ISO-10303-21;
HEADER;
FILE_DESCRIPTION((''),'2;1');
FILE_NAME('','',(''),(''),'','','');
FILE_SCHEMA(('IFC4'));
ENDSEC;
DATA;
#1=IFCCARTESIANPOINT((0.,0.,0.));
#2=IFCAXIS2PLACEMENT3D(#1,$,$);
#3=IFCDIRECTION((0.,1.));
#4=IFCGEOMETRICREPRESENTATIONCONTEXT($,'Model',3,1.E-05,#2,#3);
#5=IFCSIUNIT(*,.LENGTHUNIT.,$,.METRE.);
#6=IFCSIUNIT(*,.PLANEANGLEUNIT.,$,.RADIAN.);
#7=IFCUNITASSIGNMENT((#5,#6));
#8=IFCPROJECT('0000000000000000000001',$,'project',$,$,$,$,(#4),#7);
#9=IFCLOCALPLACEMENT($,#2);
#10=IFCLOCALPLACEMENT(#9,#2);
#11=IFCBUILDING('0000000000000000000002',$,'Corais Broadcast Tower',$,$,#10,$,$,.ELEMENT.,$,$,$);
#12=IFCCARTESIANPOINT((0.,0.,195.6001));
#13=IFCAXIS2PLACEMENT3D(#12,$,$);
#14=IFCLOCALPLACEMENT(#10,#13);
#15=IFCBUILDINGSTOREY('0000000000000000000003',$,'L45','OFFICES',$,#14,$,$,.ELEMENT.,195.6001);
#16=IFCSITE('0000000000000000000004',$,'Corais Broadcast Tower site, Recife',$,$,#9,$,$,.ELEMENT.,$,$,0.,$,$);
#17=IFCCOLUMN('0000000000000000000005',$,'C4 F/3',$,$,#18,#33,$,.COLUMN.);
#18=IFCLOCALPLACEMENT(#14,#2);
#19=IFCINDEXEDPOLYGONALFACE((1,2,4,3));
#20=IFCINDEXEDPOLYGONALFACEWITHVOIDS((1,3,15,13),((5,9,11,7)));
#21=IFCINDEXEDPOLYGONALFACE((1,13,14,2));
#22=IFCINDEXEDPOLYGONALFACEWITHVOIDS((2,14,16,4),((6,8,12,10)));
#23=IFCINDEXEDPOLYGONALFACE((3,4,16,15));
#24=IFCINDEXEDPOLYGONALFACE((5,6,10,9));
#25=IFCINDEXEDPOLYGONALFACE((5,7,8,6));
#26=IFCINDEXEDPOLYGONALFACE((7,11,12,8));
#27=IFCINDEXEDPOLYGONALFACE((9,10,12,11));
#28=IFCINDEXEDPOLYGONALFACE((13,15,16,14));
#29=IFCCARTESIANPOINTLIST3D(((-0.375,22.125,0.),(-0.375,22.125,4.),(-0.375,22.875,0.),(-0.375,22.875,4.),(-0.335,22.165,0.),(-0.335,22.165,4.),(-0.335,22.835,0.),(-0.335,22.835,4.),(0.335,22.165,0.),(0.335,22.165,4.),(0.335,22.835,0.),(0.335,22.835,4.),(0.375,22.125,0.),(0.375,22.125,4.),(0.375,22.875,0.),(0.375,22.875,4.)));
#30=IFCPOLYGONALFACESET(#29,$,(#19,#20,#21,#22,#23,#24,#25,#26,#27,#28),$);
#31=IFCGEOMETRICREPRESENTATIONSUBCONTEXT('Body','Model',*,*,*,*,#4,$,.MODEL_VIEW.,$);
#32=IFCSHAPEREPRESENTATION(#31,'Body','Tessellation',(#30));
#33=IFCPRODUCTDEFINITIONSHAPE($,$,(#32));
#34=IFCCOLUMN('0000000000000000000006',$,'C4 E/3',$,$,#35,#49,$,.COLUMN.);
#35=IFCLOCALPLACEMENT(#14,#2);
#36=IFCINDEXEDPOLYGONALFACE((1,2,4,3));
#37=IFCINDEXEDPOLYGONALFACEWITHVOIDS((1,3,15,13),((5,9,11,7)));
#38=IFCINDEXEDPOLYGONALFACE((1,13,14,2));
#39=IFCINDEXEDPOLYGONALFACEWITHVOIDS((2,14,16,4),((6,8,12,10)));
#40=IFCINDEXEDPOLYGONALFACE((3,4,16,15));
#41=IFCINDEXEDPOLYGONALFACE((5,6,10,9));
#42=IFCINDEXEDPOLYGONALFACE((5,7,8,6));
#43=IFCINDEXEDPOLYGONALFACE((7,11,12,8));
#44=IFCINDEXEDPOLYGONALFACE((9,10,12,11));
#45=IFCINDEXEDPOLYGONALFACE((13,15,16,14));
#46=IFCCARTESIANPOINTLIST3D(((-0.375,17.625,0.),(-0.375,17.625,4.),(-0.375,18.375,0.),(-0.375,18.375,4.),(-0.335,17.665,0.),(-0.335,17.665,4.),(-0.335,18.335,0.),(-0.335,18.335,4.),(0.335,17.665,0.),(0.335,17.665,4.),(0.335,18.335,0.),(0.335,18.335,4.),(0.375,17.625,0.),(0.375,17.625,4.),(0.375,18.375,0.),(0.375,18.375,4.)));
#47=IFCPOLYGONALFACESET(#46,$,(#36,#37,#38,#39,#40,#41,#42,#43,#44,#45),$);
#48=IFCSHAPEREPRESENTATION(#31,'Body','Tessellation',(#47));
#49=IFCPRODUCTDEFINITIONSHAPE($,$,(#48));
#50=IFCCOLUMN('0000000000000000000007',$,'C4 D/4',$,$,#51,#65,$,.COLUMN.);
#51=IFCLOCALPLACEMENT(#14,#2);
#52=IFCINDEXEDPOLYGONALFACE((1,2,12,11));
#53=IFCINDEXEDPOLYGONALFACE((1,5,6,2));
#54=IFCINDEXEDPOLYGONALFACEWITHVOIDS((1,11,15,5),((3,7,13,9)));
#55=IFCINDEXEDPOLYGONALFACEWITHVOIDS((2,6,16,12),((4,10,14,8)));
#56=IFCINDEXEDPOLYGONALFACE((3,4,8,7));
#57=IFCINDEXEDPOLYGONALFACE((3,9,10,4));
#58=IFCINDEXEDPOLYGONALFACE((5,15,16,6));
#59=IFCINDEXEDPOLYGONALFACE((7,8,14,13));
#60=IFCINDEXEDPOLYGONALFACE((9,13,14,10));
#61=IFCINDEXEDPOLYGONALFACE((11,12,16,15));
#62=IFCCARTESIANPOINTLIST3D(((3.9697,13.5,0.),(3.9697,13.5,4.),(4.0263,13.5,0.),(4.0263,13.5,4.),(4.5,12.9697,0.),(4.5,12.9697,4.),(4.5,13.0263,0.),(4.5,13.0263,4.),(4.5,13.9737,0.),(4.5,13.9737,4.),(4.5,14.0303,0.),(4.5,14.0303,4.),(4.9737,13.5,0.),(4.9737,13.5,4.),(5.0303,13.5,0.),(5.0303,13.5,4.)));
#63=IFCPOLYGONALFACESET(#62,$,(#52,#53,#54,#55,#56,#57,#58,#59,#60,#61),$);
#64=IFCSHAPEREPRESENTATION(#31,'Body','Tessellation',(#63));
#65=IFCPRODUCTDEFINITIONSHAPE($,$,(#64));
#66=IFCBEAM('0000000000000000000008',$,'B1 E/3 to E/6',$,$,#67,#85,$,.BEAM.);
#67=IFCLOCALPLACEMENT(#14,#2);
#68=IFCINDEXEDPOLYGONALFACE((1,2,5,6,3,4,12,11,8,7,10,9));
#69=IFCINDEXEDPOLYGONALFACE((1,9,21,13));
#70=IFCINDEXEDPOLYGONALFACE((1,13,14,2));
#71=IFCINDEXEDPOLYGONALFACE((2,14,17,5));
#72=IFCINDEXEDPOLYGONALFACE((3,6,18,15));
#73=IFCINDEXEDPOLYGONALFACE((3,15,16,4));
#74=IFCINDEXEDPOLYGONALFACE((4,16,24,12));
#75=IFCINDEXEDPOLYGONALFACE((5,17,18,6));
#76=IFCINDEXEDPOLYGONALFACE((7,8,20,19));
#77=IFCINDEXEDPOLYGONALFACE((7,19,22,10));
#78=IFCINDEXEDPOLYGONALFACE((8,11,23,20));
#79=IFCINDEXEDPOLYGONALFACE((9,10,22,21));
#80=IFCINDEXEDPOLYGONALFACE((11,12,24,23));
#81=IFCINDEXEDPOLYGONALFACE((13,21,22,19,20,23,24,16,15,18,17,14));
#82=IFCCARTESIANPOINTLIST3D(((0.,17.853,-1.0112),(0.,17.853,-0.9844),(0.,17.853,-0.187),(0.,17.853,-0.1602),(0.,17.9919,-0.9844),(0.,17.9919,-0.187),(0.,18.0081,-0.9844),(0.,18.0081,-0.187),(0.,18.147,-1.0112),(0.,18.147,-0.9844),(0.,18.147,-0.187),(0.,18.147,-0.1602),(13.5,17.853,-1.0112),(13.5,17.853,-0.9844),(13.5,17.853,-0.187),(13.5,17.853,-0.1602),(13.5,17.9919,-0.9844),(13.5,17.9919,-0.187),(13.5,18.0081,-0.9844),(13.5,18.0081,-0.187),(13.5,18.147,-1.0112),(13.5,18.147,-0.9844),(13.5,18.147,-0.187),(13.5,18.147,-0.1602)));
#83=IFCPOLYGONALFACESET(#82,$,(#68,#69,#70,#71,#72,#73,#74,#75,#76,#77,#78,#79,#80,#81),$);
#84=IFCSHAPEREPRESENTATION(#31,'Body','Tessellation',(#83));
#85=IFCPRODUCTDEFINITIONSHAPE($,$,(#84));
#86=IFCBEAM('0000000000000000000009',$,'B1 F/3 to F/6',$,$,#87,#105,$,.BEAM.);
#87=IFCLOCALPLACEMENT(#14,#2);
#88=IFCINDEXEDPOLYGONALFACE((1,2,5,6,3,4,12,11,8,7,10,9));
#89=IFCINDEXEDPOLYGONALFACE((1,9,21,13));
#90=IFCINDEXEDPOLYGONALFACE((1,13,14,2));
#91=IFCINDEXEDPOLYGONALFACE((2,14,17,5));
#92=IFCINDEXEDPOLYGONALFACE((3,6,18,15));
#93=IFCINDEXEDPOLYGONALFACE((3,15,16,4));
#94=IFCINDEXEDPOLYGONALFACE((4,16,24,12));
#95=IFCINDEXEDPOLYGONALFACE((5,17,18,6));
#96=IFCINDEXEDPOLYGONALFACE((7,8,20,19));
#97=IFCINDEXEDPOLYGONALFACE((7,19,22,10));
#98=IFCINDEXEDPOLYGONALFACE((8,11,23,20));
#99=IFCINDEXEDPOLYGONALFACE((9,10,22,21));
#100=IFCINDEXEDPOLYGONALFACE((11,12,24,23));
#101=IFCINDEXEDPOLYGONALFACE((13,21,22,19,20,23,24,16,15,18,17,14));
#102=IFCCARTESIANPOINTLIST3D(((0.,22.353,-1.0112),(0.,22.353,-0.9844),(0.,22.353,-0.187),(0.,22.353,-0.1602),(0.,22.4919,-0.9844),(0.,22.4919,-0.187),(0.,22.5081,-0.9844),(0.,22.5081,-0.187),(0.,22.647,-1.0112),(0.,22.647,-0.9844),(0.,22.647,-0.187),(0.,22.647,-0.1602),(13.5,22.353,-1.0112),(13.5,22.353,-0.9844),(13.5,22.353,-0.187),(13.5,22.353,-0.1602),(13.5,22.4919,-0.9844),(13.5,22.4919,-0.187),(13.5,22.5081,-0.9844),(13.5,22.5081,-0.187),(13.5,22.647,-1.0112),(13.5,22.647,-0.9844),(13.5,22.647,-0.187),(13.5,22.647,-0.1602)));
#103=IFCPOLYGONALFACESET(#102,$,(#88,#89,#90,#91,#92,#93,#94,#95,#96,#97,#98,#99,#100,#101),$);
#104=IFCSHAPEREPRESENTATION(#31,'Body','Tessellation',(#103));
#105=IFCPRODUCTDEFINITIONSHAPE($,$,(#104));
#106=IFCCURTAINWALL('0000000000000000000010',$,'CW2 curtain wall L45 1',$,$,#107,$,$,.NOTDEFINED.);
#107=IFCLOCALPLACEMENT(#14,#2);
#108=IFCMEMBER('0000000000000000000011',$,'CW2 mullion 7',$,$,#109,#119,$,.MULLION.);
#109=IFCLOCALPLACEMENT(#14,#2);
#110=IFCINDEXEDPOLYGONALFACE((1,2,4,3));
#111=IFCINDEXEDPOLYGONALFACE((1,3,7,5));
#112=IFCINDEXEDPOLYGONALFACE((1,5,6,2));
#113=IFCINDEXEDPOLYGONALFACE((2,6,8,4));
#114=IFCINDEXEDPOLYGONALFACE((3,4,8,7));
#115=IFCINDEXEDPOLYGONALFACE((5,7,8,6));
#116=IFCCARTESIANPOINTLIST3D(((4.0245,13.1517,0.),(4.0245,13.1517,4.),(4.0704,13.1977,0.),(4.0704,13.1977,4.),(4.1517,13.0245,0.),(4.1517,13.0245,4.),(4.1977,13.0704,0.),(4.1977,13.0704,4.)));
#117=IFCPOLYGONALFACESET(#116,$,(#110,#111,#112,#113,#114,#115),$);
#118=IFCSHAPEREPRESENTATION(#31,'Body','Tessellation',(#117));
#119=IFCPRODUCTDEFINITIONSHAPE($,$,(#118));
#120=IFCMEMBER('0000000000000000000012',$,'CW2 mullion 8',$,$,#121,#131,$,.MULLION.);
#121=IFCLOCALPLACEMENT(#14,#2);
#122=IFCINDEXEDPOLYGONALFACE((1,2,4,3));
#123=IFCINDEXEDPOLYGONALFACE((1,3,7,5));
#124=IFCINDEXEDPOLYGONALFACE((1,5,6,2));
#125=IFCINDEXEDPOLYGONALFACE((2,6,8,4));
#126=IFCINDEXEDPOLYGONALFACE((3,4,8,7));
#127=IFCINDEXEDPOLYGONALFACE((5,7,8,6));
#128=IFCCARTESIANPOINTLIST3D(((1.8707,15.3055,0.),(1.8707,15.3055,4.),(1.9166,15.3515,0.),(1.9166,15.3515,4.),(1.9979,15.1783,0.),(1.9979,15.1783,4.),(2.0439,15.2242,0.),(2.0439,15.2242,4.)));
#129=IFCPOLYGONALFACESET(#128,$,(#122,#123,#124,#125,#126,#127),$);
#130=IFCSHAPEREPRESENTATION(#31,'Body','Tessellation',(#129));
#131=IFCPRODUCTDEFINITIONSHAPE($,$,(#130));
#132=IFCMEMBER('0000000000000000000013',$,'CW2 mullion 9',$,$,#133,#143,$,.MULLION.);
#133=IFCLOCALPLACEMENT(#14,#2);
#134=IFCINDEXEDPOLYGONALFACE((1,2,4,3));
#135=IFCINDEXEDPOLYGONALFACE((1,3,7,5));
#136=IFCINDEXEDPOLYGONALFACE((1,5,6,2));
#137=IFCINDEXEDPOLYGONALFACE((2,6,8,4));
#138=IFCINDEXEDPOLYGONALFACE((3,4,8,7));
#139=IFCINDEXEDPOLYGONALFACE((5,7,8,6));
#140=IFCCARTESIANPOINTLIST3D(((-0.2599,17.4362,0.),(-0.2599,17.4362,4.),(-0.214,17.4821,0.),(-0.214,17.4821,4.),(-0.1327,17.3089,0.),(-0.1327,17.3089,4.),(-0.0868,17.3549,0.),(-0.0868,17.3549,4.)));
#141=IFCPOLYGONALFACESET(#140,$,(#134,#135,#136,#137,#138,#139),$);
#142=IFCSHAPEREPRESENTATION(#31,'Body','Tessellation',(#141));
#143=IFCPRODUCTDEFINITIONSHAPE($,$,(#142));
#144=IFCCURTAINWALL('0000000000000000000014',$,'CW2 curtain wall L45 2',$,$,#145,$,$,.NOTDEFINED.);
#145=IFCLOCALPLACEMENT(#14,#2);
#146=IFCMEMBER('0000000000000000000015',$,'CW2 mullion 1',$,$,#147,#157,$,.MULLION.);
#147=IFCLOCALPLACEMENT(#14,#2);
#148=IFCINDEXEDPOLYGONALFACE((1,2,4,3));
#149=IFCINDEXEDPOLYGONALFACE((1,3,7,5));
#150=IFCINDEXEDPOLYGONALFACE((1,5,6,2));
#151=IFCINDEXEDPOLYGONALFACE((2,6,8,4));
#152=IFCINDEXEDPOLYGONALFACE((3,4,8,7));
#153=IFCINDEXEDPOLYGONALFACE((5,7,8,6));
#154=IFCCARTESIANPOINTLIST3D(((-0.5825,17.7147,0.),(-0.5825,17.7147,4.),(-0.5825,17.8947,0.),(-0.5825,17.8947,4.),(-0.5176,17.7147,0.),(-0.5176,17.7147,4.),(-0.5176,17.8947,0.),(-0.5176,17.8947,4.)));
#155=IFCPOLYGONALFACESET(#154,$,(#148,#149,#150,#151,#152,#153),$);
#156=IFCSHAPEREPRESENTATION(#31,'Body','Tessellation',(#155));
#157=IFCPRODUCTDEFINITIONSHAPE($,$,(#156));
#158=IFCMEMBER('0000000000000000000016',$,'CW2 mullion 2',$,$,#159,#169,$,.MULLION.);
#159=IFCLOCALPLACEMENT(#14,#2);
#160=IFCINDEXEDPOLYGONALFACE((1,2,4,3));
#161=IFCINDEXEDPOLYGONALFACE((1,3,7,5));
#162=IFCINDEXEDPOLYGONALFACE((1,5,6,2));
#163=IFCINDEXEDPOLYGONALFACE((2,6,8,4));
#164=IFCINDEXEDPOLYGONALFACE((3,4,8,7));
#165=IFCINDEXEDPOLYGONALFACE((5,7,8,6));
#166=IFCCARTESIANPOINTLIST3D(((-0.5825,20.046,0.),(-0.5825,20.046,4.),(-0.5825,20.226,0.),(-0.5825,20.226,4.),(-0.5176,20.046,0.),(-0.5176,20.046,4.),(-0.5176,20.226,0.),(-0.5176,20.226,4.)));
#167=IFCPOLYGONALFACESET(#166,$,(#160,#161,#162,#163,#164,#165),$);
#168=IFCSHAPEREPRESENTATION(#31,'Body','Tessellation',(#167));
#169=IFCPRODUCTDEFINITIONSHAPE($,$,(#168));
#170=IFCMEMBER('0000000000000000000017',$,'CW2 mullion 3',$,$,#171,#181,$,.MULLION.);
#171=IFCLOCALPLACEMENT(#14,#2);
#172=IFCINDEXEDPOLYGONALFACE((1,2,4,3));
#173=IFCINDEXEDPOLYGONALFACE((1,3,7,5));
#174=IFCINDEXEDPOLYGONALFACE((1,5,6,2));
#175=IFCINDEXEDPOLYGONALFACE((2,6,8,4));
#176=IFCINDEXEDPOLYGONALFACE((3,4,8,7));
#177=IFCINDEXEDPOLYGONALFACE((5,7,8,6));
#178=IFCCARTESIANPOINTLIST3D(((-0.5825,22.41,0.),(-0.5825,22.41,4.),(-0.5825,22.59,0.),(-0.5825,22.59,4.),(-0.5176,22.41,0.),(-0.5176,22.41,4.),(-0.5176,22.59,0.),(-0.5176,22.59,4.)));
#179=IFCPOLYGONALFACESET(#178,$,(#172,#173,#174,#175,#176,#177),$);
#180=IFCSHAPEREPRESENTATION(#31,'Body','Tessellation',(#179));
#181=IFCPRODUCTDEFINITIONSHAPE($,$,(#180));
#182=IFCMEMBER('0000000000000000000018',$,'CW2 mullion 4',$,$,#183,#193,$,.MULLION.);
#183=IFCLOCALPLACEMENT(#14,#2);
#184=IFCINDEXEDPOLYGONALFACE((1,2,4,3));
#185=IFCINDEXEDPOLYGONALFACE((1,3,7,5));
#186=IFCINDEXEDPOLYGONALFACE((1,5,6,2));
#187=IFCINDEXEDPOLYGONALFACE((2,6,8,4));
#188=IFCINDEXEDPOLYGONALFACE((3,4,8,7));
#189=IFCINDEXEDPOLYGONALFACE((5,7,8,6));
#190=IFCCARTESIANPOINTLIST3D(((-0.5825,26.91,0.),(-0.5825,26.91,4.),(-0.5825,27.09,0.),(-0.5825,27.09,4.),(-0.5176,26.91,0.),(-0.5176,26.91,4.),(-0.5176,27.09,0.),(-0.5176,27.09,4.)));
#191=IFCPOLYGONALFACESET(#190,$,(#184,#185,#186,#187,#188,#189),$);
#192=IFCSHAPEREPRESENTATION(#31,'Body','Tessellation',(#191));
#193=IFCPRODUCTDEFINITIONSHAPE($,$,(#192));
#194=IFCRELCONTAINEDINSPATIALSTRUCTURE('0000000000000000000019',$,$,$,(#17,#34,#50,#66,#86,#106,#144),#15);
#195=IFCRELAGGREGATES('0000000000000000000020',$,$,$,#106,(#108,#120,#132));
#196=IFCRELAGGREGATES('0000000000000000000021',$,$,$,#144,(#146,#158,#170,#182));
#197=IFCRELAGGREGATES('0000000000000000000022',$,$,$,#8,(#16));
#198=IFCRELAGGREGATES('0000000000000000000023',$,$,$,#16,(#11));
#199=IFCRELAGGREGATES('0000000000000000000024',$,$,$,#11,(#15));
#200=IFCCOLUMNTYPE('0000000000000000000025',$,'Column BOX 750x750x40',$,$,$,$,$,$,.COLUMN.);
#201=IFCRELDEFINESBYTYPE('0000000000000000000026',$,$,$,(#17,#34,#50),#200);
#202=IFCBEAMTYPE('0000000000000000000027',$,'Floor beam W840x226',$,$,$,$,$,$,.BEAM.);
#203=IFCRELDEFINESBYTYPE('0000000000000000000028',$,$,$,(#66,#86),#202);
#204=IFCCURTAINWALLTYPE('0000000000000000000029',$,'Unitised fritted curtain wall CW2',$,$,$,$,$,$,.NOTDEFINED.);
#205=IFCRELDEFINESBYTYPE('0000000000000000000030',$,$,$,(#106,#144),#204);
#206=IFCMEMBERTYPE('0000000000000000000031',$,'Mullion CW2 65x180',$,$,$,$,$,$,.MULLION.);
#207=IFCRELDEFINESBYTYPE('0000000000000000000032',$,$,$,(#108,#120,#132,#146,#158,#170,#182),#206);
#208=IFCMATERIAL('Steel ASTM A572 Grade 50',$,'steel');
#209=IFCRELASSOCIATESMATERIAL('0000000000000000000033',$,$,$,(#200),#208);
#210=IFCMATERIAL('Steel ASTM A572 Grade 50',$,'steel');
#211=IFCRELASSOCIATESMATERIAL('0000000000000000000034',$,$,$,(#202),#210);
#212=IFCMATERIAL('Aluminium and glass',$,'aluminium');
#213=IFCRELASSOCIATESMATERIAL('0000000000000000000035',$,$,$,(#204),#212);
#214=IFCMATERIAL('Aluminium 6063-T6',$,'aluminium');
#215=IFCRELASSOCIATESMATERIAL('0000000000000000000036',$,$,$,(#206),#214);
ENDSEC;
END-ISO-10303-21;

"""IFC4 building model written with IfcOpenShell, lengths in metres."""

from ifc_helpers import new_model, si_unit, direction, frame, origin, origin_2d, place, context, subcontext, project, spatial, rectangle, hollow_rectangle, i_section, extrude, material, material_profile, profile_set, type_object, element, aggregate, save


model = new_model("IFC4")

# Units and contexts
model_context = context("Model", 3, precision=1e-05, world=origin(), true_north=direction((0.0, 1.0)))
body_context = subcontext(model_context, "Body", "Model", "MODEL_VIEW")
ifc_project = project(units=[si_unit("LENGTHUNIT", "METRE"), si_unit("PLANEANGLEUNIT", "RADIAN")], contexts=[model_context])

# Site, building, storey
site_placement = place(None, origin())
site = spatial("IfcSite", under=ifc_project, at=site_placement, Name="Corais Broadcast Tower site, Recife", CompositionType="ELEMENT", RefElevation=0.0)
building_placement = place(site_placement, origin())
building = spatial("IfcBuilding", under=site, at=building_placement, Name="Corais Broadcast Tower", CompositionType="ELEMENT")
storey_placement = place(building_placement, frame((0.0, 0.0, 195.6001)))
storey = spatial("IfcBuildingStorey", under=building, at=storey_placement, Name="L45", Description="OFFICES", CompositionType="ELEMENT", Elevation=195.6001)

# Columns
ifc_material_1 = material(Name="Steel ASTM A572 Grade 50", Category="steel")
ifc_material_profile_1 = material_profile(ifc_material_1, hollow_rectangle(XDim=0.75, YDim=0.75, WallThickness=0.04, at=origin_2d()), Name="BOX 750x750x40")
ifc_profile_set_1 = profile_set([ifc_material_profile_1], Name="Steel ASTM A572 Grade 50")
column_type = type_object("IfcColumnType", Name="Column BOX 750x750x40", PredefinedType="COLUMN", material=ifc_profile_set_1)
for number, where, z_axis, x_axis, name in (
    (1, (0.0, 22.5, 0.0), (0.0, 0.0, 1.0), (1.0, 0.0, 0.0), "C4 F/3"),
    (2, (0.0, 18.0, 0.0), (0.0, 0.0, 1.0), (1.0, 0.0, 0.0), "C4 E/3"),
    (3, (4.5, 13.5, 0.0), (0.0, 0.0, 1.0), (0.707107, 0.707107, 0.0), "C4 D/4"),
):
    element("IfcColumn", number, at=place(storey_placement, frame(where, z_axis=z_axis, x_axis=x_axis)), inside=storey, type_object=column_type, Name=name, PredefinedType="COLUMN", context=body_context, shape_type="SweptSolid", body=[
        extrude(hollow_rectangle(XDim=0.75, YDim=0.75, WallThickness=0.04, at=origin_2d()), origin(), (0.0, 0.0, 1.0), 4.0),
    ])

# Beams
ifc_material_2 = material(Name="Steel ASTM A572 Grade 50", Category="steel")
ifc_material_profile_2 = material_profile(ifc_material_2, i_section(OverallWidth=0.2939, OverallDepth=0.8511, WebThickness=0.0161, FlangeThickness=0.0269, at=origin_2d()), Name="W840x226")
ifc_profile_set_2 = profile_set([ifc_material_profile_2], Name="Steel ASTM A572 Grade 50")
beam_type_1 = type_object("IfcBeamType", Name="Floor beam W840x226", PredefinedType="BEAM", material=ifc_profile_set_2)
for number, where, z_axis, x_axis, name in (
    (4, (0.0, 18.0, -0.5857), (1.0, 0.0, 0.0), (0.0, 1.0, 0.0), "B1 E/3 to E/6"),
    (5, (0.0, 22.5, -0.5857), (1.0, 0.0, 0.0), (0.0, 1.0, 0.0), "B1 F/3 to F/6"),
):
    element("IfcBeam", number, at=place(storey_placement, frame(where, z_axis=z_axis, x_axis=x_axis)), inside=storey, type_object=beam_type_1, Name=name, PredefinedType="BEAM", context=body_context, shape_type="SweptSolid", body=[
        extrude(i_section(OverallWidth=0.2939, OverallDepth=0.8511, WebThickness=0.0161, FlangeThickness=0.0269, at=origin_2d()), origin(), (0.0, 0.0, 1.0), 13.5),
    ])

# Curtain walls, members
ifc_material_3 = material(Name="Aluminium and glass", Category="aluminium")
curtain_wall_type = type_object("IfcCurtainWallType", Name="Unitised fritted curtain wall CW2", PredefinedType="NOTDEFINED", material=ifc_material_3)
curtain_wall_1_placement = place(storey_placement, origin())
curtain_wall_1 = element("IfcCurtainWall", 6, at=curtain_wall_1_placement, inside=storey, type_object=curtain_wall_type, Name="CW2 curtain wall L45 1", PredefinedType="NOTDEFINED")
ifc_material_4 = material(Name="Aluminium 6063-T6", Category="aluminium")
ifc_material_profile_3 = material_profile(ifc_material_4, rectangle(XDim=0.0649, YDim=0.1799, at=origin_2d()), Name="Mullion CW2 65x180")
ifc_profile_set_3 = profile_set([ifc_material_profile_3], Name="Aluminium 6063-T6")
member_type_1 = type_object("IfcMemberType", Name="Mullion CW2 65x180", PredefinedType="MULLION", material=ifc_profile_set_3)
member_1_placement = place(storey_placement, frame((4.1111, 13.1111, 0.0), z_axis=(0.0, 0.0, 1.0), x_axis=(-0.707107, -0.707107, 0.0)))
member_1 = element("IfcMember", 7, at=member_1_placement, type_object=member_type_1, Name="CW2 mullion 7", PredefinedType="MULLION", context=body_context, shape_type="SweptSolid", body=[
    extrude(rectangle(XDim=0.0649, YDim=0.1799, at=origin_2d()), origin(), (0.0, 0.0, 1.0), 4.0),
])
member_2_placement = place(storey_placement, frame((1.9573, 15.2649, 0.0), z_axis=(0.0, 0.0, 1.0), x_axis=(-0.707107, -0.707107, 0.0)))
member_2 = element("IfcMember", 8, at=member_2_placement, type_object=member_type_1, Name="CW2 mullion 8", PredefinedType="MULLION", context=body_context, shape_type="SweptSolid", body=[
    extrude(rectangle(XDim=0.0649, YDim=0.1799, at=origin_2d()), origin(), (0.0, 0.0, 1.0), 4.0),
])
member_3_placement = place(storey_placement, frame((-0.1733, 17.3955, 0.0), z_axis=(0.0, 0.0, 1.0), x_axis=(-0.707107, -0.707107, 0.0)))
member_3 = element("IfcMember", 9, at=member_3_placement, type_object=member_type_1, Name="CW2 mullion 9", PredefinedType="MULLION", context=body_context, shape_type="SweptSolid", body=[
    extrude(rectangle(XDim=0.0649, YDim=0.1799, at=origin_2d()), origin(), (0.0, 0.0, 1.0), 4.0),
])
curtain_wall_2_placement = place(storey_placement, origin())
curtain_wall_2 = element("IfcCurtainWall", 10, at=curtain_wall_2_placement, inside=storey, type_object=curtain_wall_type, Name="CW2 curtain wall L45 2", PredefinedType="NOTDEFINED")
member_4_placement = place(storey_placement, frame((-0.55, 17.8047, 0.0), z_axis=(0.0, 0.0, 1.0), x_axis=(-1.0, 0.0, 0.0)))
member_4 = element("IfcMember", 11, at=member_4_placement, type_object=member_type_1, Name="CW2 mullion 1", PredefinedType="MULLION", context=body_context, shape_type="SweptSolid", body=[
    extrude(rectangle(XDim=0.0649, YDim=0.1799, at=origin_2d()), origin(), (0.0, 0.0, 1.0), 4.0),
])
member_5_placement = place(storey_placement, frame((-0.55, 20.136, 0.0), z_axis=(0.0, 0.0, 1.0), x_axis=(-1.0, 0.0, 0.0)))
member_5 = element("IfcMember", 12, at=member_5_placement, type_object=member_type_1, Name="CW2 mullion 2", PredefinedType="MULLION", context=body_context, shape_type="SweptSolid", body=[
    extrude(rectangle(XDim=0.0649, YDim=0.1799, at=origin_2d()), origin(), (0.0, 0.0, 1.0), 4.0),
])
member_6_placement = place(storey_placement, frame((-0.55, 22.5, 0.0), z_axis=(0.0, 0.0, 1.0), x_axis=(-1.0, 0.0, 0.0)))
member_6 = element("IfcMember", 13, at=member_6_placement, type_object=member_type_1, Name="CW2 mullion 3", PredefinedType="MULLION", context=body_context, shape_type="SweptSolid", body=[
    extrude(rectangle(XDim=0.0649, YDim=0.1799, at=origin_2d()), origin(), (0.0, 0.0, 1.0), 4.0),
])
member_7_placement = place(storey_placement, frame((-0.55, 27.0, 0.0), z_axis=(0.0, 0.0, 1.0), x_axis=(-1.0, 0.0, 0.0)))
member_7 = element("IfcMember", 14, at=member_7_placement, type_object=member_type_1, Name="CW2 mullion 4", PredefinedType="MULLION", context=body_context, shape_type="SweptSolid", body=[
    extrude(rectangle(XDim=0.0649, YDim=0.1799, at=origin_2d()), origin(), (0.0, 0.0, 1.0), 4.0),
])

aggregate(curtain_wall_1, [member_1, member_2, member_3])
aggregate(curtain_wall_2, [member_4, member_5, member_6, member_7])

save(model, "model.ifc")
